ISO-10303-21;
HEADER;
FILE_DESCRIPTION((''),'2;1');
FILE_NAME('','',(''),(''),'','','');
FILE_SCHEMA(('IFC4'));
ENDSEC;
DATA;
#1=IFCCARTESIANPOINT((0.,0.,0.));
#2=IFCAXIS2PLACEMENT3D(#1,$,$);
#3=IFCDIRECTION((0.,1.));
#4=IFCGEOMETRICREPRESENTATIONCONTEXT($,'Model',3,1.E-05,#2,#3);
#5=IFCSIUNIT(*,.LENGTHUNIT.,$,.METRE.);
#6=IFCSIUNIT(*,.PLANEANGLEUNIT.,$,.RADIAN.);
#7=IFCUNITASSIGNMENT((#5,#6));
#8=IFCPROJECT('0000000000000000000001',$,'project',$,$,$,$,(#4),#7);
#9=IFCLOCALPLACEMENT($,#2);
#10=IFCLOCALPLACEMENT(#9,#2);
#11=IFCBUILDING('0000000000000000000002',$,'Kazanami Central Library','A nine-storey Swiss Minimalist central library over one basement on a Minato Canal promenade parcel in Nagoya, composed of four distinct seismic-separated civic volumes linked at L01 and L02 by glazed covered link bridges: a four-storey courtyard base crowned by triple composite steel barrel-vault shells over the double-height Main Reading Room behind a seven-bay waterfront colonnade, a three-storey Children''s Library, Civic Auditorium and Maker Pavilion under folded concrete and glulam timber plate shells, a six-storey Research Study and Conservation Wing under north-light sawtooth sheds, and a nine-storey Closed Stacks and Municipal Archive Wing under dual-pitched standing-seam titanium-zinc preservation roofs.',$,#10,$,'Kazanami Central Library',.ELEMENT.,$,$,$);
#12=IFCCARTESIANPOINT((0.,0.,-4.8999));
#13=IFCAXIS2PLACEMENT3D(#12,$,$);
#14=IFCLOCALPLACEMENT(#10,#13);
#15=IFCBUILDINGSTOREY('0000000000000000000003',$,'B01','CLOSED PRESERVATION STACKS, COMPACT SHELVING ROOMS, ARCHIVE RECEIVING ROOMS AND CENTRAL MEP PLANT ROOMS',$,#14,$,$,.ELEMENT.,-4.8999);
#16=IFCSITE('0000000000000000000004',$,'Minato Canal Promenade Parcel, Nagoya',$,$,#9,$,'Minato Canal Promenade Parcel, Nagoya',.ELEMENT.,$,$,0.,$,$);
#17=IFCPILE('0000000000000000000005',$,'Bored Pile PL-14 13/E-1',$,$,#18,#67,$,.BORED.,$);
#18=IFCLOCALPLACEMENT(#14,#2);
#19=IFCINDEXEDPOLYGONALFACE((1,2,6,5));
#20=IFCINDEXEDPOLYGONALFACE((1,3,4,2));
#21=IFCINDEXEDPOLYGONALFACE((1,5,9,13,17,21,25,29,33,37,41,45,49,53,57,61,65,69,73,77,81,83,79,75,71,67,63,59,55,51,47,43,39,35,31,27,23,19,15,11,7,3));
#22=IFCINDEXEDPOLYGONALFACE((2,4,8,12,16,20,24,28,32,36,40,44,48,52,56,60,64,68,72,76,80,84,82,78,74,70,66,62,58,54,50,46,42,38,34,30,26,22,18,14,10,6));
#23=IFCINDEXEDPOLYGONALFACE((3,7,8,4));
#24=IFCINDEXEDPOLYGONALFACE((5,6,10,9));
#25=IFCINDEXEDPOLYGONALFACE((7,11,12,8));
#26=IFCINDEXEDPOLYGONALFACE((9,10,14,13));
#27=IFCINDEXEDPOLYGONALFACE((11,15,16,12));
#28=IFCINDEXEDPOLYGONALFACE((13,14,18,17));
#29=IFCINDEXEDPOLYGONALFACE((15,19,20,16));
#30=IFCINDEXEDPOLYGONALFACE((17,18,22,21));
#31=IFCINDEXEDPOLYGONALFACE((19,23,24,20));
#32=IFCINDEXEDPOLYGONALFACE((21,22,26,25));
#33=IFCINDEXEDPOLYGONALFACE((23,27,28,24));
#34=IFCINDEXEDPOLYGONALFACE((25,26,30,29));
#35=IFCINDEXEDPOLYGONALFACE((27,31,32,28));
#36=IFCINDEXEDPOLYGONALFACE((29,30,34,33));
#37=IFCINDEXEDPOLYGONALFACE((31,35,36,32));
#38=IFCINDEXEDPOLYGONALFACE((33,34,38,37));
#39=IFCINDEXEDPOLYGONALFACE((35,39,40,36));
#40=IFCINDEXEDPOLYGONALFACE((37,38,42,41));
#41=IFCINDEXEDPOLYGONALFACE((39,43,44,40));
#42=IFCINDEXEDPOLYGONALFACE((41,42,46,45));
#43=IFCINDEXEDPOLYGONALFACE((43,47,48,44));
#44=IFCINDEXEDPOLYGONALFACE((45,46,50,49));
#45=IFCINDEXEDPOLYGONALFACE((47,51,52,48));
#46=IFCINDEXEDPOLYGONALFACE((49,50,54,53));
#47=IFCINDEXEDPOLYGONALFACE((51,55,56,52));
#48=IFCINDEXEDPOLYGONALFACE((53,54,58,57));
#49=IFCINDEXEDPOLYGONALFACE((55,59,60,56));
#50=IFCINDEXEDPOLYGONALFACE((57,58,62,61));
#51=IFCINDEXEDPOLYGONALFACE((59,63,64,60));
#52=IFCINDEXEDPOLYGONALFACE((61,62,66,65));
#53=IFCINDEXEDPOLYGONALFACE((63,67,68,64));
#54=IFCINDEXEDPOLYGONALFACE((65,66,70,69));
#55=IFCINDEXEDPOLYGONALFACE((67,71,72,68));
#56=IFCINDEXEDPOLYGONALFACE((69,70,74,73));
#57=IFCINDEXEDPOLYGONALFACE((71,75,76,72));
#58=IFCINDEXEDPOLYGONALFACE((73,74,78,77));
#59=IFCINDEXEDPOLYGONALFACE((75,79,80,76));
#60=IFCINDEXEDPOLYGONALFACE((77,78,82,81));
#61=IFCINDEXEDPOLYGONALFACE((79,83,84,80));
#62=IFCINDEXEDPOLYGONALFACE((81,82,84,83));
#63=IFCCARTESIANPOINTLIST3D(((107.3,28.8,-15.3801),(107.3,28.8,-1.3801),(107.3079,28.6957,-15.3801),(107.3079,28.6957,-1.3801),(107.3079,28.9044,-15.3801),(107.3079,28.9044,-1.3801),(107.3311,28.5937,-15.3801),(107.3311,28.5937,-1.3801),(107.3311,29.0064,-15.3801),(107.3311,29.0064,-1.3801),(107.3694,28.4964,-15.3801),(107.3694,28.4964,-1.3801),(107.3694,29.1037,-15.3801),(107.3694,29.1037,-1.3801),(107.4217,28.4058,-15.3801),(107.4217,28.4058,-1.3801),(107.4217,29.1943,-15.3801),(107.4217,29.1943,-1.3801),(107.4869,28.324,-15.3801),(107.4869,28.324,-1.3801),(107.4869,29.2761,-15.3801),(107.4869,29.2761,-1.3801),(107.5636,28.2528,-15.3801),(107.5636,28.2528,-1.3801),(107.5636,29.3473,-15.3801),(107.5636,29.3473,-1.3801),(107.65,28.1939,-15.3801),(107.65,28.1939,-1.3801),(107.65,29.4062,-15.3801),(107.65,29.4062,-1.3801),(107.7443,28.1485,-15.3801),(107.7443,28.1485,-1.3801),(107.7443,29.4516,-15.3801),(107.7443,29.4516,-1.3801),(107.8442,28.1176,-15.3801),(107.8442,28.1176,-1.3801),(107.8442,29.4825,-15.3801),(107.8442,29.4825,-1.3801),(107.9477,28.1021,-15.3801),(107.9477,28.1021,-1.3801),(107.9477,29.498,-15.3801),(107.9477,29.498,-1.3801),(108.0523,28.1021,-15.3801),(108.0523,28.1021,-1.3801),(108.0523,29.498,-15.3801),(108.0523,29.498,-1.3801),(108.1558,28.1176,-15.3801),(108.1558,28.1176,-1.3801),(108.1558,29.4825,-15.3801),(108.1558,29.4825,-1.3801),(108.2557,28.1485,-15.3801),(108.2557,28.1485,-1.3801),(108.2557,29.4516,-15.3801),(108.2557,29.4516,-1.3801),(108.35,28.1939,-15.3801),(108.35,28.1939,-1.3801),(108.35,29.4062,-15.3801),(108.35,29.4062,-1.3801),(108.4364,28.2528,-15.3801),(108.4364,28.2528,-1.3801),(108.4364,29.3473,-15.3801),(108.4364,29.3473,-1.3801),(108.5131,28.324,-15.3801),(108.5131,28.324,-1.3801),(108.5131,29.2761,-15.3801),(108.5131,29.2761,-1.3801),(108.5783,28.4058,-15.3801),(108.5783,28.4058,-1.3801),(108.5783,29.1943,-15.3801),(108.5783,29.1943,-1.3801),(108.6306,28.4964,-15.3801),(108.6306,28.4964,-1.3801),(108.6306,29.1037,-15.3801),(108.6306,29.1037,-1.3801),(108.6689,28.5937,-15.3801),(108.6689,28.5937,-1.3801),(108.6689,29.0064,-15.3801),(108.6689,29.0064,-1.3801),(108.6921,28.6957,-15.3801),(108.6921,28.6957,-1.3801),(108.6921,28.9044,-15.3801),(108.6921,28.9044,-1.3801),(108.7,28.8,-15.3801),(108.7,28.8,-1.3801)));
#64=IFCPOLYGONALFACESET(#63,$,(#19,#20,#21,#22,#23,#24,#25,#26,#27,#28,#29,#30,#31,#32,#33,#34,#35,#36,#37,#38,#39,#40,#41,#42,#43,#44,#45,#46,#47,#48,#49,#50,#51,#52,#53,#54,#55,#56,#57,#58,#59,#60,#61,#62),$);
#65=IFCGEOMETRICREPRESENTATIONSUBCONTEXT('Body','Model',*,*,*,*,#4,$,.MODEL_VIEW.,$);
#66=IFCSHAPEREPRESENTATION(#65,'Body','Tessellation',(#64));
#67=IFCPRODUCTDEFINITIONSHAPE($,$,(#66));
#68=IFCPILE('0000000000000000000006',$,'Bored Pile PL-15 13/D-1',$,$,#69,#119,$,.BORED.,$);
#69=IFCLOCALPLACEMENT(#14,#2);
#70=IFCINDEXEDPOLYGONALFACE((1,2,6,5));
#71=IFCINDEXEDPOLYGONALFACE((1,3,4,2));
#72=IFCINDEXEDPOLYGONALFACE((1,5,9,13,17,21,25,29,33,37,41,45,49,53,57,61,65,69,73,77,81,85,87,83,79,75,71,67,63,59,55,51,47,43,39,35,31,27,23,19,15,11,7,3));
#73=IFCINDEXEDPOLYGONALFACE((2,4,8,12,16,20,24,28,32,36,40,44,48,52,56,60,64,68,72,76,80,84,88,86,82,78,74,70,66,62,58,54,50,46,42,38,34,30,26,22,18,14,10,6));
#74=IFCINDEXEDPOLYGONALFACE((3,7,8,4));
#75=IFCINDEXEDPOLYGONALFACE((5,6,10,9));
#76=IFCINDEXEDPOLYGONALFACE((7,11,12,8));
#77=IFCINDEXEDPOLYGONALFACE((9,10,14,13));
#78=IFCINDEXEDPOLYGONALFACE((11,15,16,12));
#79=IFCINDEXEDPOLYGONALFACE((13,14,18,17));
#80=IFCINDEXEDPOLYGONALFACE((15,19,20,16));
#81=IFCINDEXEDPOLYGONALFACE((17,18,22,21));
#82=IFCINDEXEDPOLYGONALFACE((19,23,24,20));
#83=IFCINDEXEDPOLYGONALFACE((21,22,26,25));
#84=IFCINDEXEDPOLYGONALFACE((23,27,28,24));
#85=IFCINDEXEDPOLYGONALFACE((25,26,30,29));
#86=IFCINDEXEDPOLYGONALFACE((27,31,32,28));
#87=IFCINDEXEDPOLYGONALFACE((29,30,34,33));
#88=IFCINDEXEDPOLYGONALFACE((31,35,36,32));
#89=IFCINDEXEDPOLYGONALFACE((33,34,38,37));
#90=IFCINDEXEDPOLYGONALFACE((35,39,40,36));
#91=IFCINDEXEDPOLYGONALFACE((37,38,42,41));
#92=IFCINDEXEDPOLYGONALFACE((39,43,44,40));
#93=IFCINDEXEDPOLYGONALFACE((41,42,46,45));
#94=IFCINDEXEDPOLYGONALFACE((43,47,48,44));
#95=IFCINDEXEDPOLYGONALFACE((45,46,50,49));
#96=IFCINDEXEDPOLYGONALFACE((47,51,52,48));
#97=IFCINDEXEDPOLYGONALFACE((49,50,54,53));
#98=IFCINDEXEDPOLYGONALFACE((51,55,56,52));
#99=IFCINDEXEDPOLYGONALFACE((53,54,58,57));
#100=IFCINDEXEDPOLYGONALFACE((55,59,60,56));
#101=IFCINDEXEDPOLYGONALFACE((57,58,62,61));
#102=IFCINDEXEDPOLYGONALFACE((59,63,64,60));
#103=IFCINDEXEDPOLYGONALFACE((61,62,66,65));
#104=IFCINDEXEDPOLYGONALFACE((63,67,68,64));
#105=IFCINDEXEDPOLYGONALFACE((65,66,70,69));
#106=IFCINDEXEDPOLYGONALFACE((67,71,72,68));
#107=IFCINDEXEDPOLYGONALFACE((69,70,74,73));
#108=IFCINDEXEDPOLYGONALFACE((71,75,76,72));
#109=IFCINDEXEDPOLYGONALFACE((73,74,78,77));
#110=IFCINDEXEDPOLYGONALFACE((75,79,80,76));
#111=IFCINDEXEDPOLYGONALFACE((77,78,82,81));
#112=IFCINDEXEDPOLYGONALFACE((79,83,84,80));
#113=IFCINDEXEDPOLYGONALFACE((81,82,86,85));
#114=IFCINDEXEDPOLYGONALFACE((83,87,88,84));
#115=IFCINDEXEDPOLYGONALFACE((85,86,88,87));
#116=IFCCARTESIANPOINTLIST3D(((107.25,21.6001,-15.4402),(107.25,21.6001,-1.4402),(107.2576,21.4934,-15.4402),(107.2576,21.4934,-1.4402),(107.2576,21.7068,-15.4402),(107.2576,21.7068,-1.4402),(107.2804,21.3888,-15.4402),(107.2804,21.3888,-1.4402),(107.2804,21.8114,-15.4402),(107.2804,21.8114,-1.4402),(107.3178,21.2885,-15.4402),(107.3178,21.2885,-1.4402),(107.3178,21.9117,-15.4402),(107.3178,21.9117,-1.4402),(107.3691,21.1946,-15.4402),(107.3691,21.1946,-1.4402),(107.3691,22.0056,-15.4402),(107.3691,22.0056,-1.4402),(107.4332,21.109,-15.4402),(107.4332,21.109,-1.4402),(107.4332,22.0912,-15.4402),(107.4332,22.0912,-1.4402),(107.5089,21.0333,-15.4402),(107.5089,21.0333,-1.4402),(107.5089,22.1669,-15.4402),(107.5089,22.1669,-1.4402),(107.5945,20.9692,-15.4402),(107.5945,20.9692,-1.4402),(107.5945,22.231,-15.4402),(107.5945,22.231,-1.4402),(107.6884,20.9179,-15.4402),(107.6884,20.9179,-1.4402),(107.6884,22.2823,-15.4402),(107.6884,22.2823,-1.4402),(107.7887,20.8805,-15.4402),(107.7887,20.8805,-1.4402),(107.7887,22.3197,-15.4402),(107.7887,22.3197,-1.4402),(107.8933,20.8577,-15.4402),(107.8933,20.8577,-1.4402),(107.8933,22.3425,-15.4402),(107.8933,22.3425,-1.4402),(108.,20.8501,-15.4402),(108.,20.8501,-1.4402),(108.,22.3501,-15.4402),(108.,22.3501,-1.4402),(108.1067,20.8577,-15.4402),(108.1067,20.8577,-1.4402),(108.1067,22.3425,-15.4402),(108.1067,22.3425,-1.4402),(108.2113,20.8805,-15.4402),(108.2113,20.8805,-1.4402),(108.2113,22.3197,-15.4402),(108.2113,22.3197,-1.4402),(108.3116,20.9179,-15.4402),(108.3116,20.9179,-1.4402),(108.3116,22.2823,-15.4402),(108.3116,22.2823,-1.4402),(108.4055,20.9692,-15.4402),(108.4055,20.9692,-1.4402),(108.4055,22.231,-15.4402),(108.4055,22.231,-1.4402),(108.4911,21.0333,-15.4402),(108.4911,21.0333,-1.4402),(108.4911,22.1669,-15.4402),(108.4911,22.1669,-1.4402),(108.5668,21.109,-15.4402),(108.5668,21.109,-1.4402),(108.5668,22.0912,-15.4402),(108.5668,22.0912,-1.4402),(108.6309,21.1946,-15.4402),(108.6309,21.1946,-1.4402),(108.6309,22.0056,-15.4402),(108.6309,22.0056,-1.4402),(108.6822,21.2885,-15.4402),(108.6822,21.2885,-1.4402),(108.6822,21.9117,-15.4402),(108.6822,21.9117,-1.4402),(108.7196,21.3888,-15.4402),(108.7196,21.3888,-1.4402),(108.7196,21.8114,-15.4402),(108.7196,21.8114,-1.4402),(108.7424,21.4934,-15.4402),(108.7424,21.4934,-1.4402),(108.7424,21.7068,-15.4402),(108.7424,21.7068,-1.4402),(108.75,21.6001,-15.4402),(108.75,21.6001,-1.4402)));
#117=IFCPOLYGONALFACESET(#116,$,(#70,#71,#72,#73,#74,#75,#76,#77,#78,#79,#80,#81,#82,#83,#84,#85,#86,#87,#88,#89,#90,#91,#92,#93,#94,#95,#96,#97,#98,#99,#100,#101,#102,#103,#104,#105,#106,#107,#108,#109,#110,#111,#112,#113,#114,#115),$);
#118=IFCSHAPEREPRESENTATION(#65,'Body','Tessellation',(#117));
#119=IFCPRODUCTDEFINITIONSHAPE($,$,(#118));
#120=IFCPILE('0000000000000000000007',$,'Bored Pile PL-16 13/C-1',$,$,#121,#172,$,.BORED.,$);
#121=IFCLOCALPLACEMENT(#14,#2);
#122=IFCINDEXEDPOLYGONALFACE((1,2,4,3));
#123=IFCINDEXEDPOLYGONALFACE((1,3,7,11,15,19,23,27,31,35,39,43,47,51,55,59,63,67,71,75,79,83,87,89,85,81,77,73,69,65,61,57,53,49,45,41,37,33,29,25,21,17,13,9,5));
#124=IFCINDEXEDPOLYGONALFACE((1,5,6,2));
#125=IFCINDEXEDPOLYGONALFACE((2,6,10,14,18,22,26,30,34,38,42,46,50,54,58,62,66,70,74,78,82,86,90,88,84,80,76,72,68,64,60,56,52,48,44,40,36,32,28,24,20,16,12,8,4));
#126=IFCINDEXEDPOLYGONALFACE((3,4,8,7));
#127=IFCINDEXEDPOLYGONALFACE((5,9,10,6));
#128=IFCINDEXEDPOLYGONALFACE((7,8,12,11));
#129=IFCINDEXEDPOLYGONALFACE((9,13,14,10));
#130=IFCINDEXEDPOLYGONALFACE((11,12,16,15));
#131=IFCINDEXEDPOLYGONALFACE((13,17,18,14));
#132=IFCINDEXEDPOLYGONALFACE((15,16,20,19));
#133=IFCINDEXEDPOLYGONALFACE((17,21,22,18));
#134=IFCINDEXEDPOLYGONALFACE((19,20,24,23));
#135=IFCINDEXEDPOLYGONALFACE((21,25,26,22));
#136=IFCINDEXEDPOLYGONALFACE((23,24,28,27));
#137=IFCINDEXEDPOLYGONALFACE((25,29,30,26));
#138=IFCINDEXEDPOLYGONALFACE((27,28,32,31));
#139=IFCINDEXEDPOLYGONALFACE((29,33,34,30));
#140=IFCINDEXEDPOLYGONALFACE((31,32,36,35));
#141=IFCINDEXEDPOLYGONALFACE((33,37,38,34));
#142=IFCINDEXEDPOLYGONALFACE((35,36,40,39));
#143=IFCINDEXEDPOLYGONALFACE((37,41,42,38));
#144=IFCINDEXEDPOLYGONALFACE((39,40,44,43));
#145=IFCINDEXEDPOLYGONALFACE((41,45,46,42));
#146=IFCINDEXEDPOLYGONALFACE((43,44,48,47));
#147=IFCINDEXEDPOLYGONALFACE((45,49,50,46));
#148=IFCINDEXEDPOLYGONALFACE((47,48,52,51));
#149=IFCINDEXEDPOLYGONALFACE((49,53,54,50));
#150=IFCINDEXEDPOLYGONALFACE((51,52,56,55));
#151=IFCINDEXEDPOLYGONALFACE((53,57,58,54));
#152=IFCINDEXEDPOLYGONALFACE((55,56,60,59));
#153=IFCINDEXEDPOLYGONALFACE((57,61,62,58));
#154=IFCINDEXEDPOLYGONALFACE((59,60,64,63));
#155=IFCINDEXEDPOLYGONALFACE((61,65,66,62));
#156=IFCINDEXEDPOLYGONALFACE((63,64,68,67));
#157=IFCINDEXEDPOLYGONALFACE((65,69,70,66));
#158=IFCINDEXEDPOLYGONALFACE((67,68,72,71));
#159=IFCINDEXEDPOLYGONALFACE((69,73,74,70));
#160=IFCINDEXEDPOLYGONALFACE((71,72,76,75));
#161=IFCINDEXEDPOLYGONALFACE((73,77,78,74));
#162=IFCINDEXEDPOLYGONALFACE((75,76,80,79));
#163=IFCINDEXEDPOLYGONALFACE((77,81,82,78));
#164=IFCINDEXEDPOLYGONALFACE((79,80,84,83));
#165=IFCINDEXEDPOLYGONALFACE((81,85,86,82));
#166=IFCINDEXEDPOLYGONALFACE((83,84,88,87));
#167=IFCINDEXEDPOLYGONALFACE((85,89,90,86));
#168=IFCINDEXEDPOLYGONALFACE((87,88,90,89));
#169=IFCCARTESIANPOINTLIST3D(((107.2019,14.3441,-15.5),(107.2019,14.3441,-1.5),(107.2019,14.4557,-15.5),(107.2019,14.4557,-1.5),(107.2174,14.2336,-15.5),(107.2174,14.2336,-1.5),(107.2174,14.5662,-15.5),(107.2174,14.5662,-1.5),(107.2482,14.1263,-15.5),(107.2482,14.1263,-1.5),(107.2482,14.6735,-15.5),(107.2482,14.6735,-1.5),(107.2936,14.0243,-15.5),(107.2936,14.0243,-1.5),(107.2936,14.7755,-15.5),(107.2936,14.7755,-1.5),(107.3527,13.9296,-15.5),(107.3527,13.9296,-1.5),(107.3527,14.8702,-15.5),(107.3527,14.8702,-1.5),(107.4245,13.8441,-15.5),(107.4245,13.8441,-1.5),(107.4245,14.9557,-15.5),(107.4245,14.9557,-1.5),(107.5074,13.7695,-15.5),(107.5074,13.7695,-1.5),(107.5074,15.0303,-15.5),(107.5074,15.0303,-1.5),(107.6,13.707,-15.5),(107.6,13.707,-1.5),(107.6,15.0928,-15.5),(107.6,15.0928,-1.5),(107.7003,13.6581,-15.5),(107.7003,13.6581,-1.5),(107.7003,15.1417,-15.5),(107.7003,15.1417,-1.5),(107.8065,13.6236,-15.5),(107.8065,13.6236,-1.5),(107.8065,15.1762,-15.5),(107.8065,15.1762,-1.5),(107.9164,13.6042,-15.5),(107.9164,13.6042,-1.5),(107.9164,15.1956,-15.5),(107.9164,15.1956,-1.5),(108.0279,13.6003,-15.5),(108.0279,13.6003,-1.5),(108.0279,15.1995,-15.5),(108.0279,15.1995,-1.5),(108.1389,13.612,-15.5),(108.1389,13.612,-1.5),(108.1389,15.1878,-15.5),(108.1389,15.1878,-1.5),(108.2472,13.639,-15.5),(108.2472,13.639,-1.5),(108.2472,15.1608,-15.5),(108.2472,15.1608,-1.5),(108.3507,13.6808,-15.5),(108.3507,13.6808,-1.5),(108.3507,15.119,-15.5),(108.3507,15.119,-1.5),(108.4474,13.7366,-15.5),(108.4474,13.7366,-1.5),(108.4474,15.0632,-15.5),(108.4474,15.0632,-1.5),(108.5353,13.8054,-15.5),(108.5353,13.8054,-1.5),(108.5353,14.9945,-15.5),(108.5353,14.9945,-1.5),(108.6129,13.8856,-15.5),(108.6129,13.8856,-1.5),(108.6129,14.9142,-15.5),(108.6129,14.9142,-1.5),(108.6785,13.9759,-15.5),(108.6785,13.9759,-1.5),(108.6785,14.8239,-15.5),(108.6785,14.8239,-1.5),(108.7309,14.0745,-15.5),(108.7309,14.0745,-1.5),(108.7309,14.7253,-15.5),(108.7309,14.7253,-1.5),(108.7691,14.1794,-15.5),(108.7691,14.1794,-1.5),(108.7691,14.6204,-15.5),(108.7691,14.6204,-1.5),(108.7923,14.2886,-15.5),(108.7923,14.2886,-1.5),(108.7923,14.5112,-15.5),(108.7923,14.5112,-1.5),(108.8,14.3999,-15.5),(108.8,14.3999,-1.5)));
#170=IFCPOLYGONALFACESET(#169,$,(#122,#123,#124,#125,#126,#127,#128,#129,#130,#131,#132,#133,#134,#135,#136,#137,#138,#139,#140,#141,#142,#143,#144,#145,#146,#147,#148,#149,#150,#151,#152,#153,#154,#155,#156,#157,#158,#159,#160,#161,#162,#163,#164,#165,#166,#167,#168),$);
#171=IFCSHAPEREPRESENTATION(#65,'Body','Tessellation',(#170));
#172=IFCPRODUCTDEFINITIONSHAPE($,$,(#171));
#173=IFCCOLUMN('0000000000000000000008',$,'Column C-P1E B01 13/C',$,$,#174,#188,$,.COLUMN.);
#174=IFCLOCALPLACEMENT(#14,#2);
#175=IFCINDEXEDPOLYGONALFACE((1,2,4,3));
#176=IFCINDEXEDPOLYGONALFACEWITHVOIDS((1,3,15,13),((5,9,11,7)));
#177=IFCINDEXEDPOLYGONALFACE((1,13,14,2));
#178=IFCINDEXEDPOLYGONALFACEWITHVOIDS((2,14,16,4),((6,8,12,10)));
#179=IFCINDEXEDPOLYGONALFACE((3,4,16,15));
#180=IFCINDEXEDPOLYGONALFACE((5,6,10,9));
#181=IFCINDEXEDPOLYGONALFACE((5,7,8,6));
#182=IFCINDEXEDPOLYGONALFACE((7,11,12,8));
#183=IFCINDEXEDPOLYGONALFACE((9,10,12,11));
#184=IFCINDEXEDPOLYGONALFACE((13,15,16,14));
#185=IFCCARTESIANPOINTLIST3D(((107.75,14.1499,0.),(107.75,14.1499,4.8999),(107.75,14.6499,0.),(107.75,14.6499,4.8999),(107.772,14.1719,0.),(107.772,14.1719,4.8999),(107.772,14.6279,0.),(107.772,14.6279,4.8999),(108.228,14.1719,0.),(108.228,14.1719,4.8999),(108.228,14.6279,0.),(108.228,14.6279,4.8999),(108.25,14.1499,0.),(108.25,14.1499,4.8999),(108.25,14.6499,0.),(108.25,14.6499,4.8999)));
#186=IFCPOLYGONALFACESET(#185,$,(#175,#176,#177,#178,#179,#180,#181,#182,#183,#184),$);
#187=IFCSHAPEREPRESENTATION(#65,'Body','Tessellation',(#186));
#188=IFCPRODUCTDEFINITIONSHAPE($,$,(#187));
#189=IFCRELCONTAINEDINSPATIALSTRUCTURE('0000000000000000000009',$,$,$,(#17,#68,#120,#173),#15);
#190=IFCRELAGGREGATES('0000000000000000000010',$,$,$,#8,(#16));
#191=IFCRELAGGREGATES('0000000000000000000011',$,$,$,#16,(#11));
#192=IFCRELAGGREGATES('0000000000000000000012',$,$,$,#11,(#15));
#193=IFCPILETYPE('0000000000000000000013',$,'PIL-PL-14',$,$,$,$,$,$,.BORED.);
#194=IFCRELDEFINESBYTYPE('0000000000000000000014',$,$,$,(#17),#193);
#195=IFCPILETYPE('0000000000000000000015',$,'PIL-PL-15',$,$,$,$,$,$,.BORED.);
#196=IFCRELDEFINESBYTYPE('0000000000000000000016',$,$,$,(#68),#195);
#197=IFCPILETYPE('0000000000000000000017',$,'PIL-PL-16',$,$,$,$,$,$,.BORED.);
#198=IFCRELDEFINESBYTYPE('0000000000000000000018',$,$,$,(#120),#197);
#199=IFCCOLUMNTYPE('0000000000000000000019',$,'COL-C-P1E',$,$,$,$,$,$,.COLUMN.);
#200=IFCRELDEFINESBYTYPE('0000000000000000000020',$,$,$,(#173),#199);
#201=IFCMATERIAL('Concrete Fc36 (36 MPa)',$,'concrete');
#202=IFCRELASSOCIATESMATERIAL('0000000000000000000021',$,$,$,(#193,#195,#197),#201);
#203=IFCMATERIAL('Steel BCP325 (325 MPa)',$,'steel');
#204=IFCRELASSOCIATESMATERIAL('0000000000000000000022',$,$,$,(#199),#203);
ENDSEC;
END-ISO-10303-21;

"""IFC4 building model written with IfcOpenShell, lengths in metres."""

from ifc_helpers import new_model, si_unit, direction, frame, origin, origin_2d, place, context, subcontext, project, spatial, hollow_rectangle, circle, extrude, material, material_profile, profile_set, type_object, element, save


model = new_model("IFC4")

# Units and contexts
model_context = context("Model", 3, precision=1e-05, world=origin(), true_north=direction((0.0, 1.0)))
body_context = subcontext(model_context, "Body", "Model", "MODEL_VIEW")
ifc_project = project(units=[si_unit("LENGTHUNIT", "METRE"), si_unit("PLANEANGLEUNIT", "RADIAN")], contexts=[model_context])

# Site, building, storey
site_placement = place(None, origin())
site = spatial("IfcSite", under=ifc_project, at=site_placement, Name="Minato Canal Promenade Parcel, Nagoya", LongName="Minato Canal Promenade Parcel, Nagoya", CompositionType="ELEMENT", RefElevation=0.0)
building_placement = place(site_placement, origin())
building = spatial("IfcBuilding", under=site, at=building_placement, Name="Kazanami Central Library", Description="A nine-storey Swiss Minimalist central library over one basement on a Minato Canal promenade parcel in Nagoya, composed of four distinct seismic-separated civic volumes linked at L01 and L02 by glazed covered link bridges: a four-storey courtyard base crowned by triple composite steel barrel-vault shells over the double-height Main Reading Room behind a seven-bay waterfront colonnade, a three-storey Children's Library, Civic Auditorium and Maker Pavilion under folded concrete and glulam timber plate shells, a six-storey Research Study and Conservation Wing under north-light sawtooth sheds, and a nine-storey Closed Stacks and Municipal Archive Wing under dual-pitched standing-seam titanium-zinc preservation roofs.", LongName="Kazanami Central Library", CompositionType="ELEMENT")
storey_placement = place(building_placement, frame((0.0, 0.0, -4.8999)))
storey = spatial("IfcBuildingStorey", under=building, at=storey_placement, Name="B01", Description="CLOSED PRESERVATION STACKS, COMPACT SHELVING ROOMS, ARCHIVE RECEIVING ROOMS AND CENTRAL MEP PLANT ROOMS", CompositionType="ELEMENT", Elevation=-4.8999)

# Shared definitions
ifc_material_1 = material(Name="Concrete Fc36 (36 MPa)", Category="concrete")

# Piles
ifc_material_profile_1 = material_profile(ifc_material_1, circle(Radius=0.7, at=origin_2d()), Name="BORED-D1400")
ifc_profile_set_1 = profile_set([ifc_material_profile_1], Name="Concrete Fc36 (36 MPa)")
pile_type_1 = type_object("IfcPileType", Name="PIL-PL-14", PredefinedType="BORED", material=ifc_profile_set_1)
for number, where, z_axis, x_axis, name in (
    (1, (108.0, 28.8, -1.3801), (0.0, 0.0, -1.0), (1.0, 0.0, 0.0), "Bored Pile PL-14 13/E-1"),
):
    element("IfcPile", number, at=place(storey_placement, frame(where, z_axis=z_axis, x_axis=x_axis)), inside=storey, type_object=pile_type_1, Name=name, PredefinedType="BORED", context=body_context, shape_type="SweptSolid", body=[
        extrude(circle(Radius=0.7, at=origin_2d()), origin(), (0.0, 0.0, 1.0), 14.0),
    ])
ifc_material_profile_2 = material_profile(ifc_material_1, circle(Radius=0.75, at=origin_2d()), Name="BORED-D1500")
ifc_profile_set_2 = profile_set([ifc_material_profile_2], Name="Concrete Fc36 (36 MPa)")
pile_type_2 = type_object("IfcPileType", Name="PIL-PL-15", PredefinedType="BORED", material=ifc_profile_set_2)
pile_1_placement = place(storey_placement, frame((108.0, 21.6001, -1.4402), z_axis=(0.0, 0.0, -1.0), x_axis=(1.0, 0.0, 0.0)))
element("IfcPile", 2, at=pile_1_placement, inside=storey, type_object=pile_type_2, Name="Bored Pile PL-15 13/D-1", PredefinedType="BORED", context=body_context, shape_type="SweptSolid", body=[
    extrude(circle(Radius=0.75, at=origin_2d()), origin(), (0.0, 0.0, 1.0), 14.0),
])
ifc_material_profile_3 = material_profile(ifc_material_1, circle(Radius=0.8, at=origin_2d()), Name="BORED-D1600")
ifc_profile_set_3 = profile_set([ifc_material_profile_3], Name="Concrete Fc36 (36 MPa)")
pile_type_3 = type_object("IfcPileType", Name="PIL-PL-16", PredefinedType="BORED", material=ifc_profile_set_3)
pile_2_placement = place(storey_placement, frame((108.0, 14.3999, -1.5), z_axis=(0.0, 0.0, -1.0), x_axis=(1.0, 0.0, 0.0)))
element("IfcPile", 3, at=pile_2_placement, inside=storey, type_object=pile_type_3, Name="Bored Pile PL-16 13/C-1", PredefinedType="BORED", context=body_context, shape_type="SweptSolid", body=[
    extrude(circle(Radius=0.8, at=origin_2d()), origin(), (0.0, 0.0, 1.0), 14.0),
])

# Column
ifc_material_2 = material(Name="Steel BCP325 (325 MPa)", Category="steel")
ifc_material_profile_4 = material_profile(ifc_material_2, hollow_rectangle(XDim=0.5, YDim=0.5, WallThickness=0.022, at=origin_2d()), Name="BCP-500x500x22")
ifc_profile_set_4 = profile_set([ifc_material_profile_4], Name="Steel BCP325 (325 MPa)")
column_type_1 = type_object("IfcColumnType", Name="COL-C-P1E", PredefinedType="COLUMN", material=ifc_profile_set_4)
for number, where, z_axis, x_axis, name in (
    (4, (108.0, 14.3999, 0.0), (0.0, 0.0, 1.0), (1.0, 0.0, 0.0), "Column C-P1E B01 13/C"),
):
    element("IfcColumn", number, at=place(storey_placement, frame(where, z_axis=z_axis, x_axis=x_axis)), inside=storey, type_object=column_type_1, Name=name, PredefinedType="COLUMN", context=body_context, shape_type="SweptSolid", body=[
        extrude(hollow_rectangle(XDim=0.5, YDim=0.5, WallThickness=0.022, at=origin_2d()), origin(), (0.0, 0.0, 1.0), 4.8999),
    ])

save(model, "model.ifc")
